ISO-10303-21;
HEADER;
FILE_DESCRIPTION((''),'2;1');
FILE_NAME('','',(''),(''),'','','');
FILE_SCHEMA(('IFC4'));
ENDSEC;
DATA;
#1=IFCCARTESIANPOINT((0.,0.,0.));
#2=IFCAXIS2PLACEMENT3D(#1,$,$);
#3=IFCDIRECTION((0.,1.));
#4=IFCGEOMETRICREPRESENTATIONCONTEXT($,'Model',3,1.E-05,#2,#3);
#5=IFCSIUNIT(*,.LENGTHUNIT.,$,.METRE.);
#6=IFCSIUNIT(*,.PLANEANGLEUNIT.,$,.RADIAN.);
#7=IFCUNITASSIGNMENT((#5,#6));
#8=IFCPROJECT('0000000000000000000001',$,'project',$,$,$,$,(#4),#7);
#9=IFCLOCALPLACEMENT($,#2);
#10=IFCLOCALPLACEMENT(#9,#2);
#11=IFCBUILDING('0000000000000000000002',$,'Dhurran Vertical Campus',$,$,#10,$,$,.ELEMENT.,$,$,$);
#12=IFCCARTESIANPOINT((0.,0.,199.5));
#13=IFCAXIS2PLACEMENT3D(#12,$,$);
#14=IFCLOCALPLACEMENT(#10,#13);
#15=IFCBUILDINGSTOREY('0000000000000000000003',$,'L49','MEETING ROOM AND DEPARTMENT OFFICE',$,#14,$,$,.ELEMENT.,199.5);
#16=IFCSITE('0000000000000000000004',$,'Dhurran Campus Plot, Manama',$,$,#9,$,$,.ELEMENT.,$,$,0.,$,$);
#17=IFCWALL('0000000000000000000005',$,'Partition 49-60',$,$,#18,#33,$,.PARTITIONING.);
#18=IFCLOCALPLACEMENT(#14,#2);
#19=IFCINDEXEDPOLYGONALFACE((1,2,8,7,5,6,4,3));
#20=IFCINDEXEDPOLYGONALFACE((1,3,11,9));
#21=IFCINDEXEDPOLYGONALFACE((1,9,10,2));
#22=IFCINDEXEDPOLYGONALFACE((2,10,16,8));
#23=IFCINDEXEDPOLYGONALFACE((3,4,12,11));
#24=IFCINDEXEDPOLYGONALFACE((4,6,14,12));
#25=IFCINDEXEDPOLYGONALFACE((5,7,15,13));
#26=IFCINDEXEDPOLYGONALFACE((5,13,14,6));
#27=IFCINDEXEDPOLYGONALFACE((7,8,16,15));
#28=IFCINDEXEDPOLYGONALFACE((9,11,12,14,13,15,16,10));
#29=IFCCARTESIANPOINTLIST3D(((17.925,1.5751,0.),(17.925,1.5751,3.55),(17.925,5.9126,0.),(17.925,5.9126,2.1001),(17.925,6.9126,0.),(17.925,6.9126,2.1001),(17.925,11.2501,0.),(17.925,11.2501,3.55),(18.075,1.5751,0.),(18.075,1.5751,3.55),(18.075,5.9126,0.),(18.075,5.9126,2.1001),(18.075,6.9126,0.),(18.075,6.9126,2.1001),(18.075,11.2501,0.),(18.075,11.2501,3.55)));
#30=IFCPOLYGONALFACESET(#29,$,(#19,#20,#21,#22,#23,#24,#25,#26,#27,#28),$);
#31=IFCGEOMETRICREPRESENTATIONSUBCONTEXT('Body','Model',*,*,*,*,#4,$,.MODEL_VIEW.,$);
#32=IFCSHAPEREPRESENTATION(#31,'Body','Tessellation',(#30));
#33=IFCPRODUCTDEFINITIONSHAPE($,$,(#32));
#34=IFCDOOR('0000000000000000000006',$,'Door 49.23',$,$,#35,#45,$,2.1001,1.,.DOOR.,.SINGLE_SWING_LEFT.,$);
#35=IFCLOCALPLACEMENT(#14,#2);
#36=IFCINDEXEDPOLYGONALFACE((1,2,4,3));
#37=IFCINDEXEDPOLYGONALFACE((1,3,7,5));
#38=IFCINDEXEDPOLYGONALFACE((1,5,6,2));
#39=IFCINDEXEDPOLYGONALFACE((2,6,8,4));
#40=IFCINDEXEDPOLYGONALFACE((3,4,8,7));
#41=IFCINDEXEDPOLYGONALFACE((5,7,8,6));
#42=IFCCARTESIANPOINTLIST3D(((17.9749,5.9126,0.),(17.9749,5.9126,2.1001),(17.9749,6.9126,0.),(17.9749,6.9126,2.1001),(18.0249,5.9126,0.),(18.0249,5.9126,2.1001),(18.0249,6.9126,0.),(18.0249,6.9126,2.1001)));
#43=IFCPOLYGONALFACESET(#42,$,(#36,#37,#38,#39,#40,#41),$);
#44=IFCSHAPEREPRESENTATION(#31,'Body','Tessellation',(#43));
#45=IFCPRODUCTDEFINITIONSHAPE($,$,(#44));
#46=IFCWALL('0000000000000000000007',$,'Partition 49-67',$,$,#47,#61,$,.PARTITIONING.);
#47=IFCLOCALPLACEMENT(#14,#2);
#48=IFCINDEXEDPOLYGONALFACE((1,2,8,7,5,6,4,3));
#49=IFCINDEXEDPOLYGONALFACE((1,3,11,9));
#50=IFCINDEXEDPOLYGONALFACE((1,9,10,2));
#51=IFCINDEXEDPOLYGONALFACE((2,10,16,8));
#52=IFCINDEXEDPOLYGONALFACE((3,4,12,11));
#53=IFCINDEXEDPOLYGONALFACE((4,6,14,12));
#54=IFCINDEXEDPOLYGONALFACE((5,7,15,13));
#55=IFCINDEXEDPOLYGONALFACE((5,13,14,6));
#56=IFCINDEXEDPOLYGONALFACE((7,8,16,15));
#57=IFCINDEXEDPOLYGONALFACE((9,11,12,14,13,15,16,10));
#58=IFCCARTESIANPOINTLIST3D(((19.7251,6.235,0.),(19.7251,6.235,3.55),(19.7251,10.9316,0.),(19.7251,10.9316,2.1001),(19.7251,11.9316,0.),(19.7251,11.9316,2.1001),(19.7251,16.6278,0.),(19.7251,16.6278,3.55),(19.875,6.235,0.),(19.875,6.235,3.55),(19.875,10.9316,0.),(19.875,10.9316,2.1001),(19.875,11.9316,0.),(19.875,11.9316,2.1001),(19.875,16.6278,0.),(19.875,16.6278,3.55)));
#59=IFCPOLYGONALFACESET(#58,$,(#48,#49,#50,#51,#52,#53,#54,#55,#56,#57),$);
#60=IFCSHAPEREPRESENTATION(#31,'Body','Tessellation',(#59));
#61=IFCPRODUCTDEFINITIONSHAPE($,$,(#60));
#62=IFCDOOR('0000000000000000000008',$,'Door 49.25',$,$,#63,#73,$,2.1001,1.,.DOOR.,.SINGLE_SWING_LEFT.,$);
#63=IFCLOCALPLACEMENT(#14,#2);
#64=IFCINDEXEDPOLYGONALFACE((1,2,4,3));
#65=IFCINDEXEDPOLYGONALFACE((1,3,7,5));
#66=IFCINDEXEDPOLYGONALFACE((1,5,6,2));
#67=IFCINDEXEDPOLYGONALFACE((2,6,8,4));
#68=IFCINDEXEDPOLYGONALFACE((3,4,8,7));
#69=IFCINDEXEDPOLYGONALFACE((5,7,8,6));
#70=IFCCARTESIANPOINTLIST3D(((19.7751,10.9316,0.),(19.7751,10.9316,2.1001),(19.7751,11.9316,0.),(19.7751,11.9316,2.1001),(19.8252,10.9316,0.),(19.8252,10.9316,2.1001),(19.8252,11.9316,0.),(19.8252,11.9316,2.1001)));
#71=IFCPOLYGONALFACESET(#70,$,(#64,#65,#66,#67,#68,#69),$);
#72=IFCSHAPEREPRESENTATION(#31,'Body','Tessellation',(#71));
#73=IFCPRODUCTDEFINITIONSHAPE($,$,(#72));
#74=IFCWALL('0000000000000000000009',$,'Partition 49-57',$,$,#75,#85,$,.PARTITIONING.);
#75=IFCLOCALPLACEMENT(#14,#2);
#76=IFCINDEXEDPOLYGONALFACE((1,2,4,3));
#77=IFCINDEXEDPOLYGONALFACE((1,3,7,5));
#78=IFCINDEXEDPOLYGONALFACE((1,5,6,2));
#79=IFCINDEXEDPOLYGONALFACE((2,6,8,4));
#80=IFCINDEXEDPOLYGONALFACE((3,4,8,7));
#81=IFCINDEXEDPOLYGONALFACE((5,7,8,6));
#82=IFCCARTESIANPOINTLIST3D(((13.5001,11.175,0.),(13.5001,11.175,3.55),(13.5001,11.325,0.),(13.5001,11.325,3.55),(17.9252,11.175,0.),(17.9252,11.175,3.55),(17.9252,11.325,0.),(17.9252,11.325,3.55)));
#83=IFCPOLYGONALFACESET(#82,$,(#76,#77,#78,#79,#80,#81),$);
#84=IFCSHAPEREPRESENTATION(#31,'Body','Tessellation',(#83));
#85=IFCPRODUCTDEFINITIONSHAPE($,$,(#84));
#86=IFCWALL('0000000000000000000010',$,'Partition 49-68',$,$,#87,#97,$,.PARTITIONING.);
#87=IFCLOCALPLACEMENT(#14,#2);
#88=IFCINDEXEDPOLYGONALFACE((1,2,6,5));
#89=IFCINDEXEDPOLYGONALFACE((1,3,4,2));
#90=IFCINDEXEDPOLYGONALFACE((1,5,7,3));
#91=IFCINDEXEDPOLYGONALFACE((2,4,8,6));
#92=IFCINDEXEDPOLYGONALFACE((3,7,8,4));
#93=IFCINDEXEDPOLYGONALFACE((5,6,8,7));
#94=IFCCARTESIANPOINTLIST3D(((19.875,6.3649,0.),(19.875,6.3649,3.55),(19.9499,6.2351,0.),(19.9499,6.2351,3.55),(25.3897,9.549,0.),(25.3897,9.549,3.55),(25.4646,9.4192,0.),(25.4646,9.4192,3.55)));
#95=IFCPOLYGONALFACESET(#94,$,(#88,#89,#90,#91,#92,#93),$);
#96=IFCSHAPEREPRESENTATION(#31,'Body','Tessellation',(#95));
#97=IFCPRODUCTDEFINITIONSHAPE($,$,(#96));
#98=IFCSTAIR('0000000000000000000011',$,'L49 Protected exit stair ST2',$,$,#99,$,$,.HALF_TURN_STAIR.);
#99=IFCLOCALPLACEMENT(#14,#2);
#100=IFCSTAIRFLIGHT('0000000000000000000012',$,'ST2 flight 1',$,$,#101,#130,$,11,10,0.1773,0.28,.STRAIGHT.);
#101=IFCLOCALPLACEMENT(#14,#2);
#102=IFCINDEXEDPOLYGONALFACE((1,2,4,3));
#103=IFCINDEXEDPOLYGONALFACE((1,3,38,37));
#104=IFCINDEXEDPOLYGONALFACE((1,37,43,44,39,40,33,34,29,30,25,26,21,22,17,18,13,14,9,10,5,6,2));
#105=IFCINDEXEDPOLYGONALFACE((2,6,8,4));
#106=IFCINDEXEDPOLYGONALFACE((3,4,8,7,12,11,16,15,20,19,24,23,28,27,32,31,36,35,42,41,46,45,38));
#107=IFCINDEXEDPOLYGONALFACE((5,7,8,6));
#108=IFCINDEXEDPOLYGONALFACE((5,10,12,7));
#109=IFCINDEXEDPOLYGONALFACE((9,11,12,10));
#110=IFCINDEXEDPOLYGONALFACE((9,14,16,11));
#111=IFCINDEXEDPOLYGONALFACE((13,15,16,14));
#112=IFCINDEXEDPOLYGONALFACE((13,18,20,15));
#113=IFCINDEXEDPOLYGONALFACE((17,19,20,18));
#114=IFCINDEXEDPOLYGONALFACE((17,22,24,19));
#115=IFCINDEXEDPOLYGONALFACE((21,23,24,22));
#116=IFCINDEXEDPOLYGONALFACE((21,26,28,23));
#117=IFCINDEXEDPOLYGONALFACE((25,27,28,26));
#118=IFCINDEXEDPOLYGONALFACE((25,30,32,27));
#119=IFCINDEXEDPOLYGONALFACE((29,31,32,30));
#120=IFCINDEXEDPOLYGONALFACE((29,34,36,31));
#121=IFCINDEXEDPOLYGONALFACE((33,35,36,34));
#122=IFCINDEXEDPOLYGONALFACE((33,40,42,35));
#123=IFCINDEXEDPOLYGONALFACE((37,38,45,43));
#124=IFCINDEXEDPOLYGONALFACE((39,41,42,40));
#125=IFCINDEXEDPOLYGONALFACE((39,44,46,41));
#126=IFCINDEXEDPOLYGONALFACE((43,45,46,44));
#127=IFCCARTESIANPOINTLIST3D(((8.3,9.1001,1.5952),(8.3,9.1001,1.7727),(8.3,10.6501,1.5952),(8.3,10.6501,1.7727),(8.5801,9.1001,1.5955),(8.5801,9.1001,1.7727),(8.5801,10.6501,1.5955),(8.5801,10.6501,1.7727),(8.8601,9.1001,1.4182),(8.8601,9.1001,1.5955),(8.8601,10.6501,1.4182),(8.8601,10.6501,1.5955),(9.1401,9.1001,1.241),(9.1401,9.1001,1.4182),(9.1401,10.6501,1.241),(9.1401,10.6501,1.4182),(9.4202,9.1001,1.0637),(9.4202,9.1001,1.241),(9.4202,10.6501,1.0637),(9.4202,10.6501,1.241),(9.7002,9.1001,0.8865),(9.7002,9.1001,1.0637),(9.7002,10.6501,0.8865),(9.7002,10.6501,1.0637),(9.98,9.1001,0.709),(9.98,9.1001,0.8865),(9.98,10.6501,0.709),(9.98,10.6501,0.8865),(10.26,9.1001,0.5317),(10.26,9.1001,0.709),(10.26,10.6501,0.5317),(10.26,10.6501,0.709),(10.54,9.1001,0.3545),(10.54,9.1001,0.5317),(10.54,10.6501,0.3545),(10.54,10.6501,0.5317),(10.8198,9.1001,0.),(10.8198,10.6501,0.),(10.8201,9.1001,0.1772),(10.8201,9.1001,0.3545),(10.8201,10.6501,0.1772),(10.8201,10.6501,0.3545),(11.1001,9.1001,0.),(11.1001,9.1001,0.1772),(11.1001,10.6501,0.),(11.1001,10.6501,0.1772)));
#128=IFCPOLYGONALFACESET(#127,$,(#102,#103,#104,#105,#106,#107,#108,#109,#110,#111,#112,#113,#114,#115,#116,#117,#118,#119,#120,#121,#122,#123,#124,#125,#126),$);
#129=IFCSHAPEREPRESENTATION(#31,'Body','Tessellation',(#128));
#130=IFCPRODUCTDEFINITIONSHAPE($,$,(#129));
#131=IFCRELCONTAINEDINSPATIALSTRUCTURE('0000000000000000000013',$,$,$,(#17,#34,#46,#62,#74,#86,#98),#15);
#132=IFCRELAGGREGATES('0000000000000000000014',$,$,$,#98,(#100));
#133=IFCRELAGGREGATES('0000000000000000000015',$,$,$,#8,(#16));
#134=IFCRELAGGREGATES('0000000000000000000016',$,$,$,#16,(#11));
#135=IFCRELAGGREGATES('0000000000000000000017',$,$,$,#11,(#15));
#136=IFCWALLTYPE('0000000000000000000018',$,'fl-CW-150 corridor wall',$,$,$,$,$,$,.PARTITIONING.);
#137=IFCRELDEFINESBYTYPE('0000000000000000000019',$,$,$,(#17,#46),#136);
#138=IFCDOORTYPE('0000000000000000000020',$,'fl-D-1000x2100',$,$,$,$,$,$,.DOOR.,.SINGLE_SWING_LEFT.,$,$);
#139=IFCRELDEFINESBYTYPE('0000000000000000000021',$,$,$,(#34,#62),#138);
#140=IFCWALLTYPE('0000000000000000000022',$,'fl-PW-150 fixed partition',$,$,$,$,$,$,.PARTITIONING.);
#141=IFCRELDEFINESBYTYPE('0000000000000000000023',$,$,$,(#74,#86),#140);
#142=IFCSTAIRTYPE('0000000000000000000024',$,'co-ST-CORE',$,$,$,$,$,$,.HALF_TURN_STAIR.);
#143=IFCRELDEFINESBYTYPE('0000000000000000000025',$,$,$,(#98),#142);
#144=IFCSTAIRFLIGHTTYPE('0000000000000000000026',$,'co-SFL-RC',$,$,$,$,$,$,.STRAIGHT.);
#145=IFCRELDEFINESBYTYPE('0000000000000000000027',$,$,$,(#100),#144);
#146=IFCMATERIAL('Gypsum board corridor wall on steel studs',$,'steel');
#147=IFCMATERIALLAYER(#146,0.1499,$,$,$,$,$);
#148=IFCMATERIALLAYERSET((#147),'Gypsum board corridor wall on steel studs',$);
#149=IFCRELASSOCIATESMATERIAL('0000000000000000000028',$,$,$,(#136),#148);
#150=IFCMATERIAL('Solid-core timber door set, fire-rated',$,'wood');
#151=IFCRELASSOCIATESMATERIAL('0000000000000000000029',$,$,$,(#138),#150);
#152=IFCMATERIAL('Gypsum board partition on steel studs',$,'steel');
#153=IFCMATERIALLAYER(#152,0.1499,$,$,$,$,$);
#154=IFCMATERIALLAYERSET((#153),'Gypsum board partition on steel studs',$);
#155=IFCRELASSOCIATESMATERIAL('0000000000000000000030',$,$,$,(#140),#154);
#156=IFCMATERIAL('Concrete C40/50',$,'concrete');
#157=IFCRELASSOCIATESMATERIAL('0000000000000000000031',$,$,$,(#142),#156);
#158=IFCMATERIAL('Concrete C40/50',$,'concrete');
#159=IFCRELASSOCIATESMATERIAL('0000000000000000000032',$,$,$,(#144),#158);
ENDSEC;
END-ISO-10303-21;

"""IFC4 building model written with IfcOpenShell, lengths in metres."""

from ifc_helpers import new_model, si_unit, direction, frame, frame_2d, origin, place, context, subcontext, project, spatial, polyline, rectangle, outline, extrude, material, layer, layer_set, type_object, element, fill, aggregate, save


model = new_model("IFC4")

# Units and contexts
model_context = context("Model", 3, precision=1e-05, world=origin(), true_north=direction((0.0, 1.0)))
body_context = subcontext(model_context, "Body", "Model", "MODEL_VIEW")
ifc_project = project(units=[si_unit("LENGTHUNIT", "METRE"), si_unit("PLANEANGLEUNIT", "RADIAN")], contexts=[model_context])

# Site, building, storey
site_placement = place(None, origin())
site = spatial("IfcSite", under=ifc_project, at=site_placement, Name="Dhurran Campus Plot, Manama", CompositionType="ELEMENT", RefElevation=0.0)
building_placement = place(site_placement, origin())
building = spatial("IfcBuilding", under=site, at=building_placement, Name="Dhurran Vertical Campus", CompositionType="ELEMENT")
storey_placement = place(building_placement, frame((0.0, 0.0, 199.5)))
storey = spatial("IfcBuildingStorey", under=building, at=storey_placement, Name="L49", Description="MEETING ROOM AND DEPARTMENT OFFICE", CompositionType="ELEMENT", Elevation=199.5)

# Shared definitions
ifc_material_1 = material(Name="Gypsum board corridor wall on steel studs", Category="steel")
ifc_layer_1 = layer(ifc_material_1, 0.1499)
ifc_layer_set_1 = layer_set([ifc_layer_1], Name="Gypsum board corridor wall on steel studs")
wall_type_1 = type_object("IfcWallType", Name="fl-CW-150 corridor wall", PredefinedType="PARTITIONING", material=ifc_layer_set_1)

# Walls, openings, doors
wall_1_placement = place(storey_placement, frame((18.0, 11.25, 0.0), z_axis=(0.0, 0.0, 1.0), x_axis=(0.0, -1.0, 0.0)))
wall_1 = element("IfcWall", 1, at=wall_1_placement, inside=storey, type_object=wall_type_1, Name="Partition 49-60", PredefinedType="PARTITIONING", context=body_context, shape_type="SweptSolid", body=[
    extrude(rectangle(XDim=9.675, YDim=0.1499, at=frame_2d((4.8374, 0.0))), origin(), (0.0, 0.0, 1.0), 3.55),
])
opening_1_placement = place(wall_1_placement, frame((4.3374, 0.0, 0.0)))
opening_1 = element("IfcOpeningElement", 2, at=opening_1_placement, cuts=wall_1, PredefinedType="OPENING", context=body_context, shape_type="SweptSolid", body=[
    extrude(rectangle(XDim=1.0, YDim=2.1001, at=frame_2d((0.5, 1.05))), frame((0.0, 0.085, 0.0), z_axis=(0.0, -1.0, 0.0), x_axis=(1.0, 0.0, 0.0)), (0.0, 0.0, 1.0), 0.1699),
])
ifc_material_2 = material(Name="Solid-core timber door set, fire-rated", Category="wood")
door_type = type_object("IfcDoorType", Name="fl-D-1000x2100", OperationType="SINGLE_SWING_LEFT", PredefinedType="DOOR", material=ifc_material_2)
door_1_placement = place(opening_1_placement, origin())
door_1 = element("IfcDoor", 3, at=door_1_placement, inside=storey, type_object=door_type, Name="Door 49.23", OperationType="SINGLE_SWING_LEFT", OverallHeight=2.1001, OverallWidth=1.0, PredefinedType="DOOR", context=body_context, shape_type="SweptSolid", body=[
    extrude(rectangle(XDim=1.0, YDim=2.1001, at=frame_2d((0.5, 1.05))), frame((0.0, 0.0249, 0.0), z_axis=(0.0, -1.0, 0.0), x_axis=(1.0, 0.0, 0.0)), (0.0, 0.0, 1.0), 0.05),
])
fill(opening_1, door_1)
wall_2_placement = place(storey_placement, frame((19.8, 6.2351, 0.0), z_axis=(0.0, 0.0, 1.0), x_axis=(0.0, 1.0, 0.0)))
wall_2 = element("IfcWall", 4, at=wall_2_placement, inside=storey, type_object=wall_type_1, Name="Partition 49-67", PredefinedType="PARTITIONING", context=body_context, shape_type="SweptSolid", body=[
    extrude(rectangle(XDim=10.3928, YDim=0.1499, at=frame_2d((5.1963, 0.0))), origin(), (0.0, 0.0, 1.0), 3.55),
])
opening_2_placement = place(wall_2_placement, frame((4.6965, 0.0, 0.0)))
opening_2 = element("IfcOpeningElement", 5, at=opening_2_placement, cuts=wall_2, PredefinedType="OPENING", context=body_context, shape_type="SweptSolid", body=[
    extrude(rectangle(XDim=1.0, YDim=2.1001, at=frame_2d((0.5, 1.05))), frame((0.0, 0.085, 0.0), z_axis=(0.0, -1.0, 0.0), x_axis=(1.0, 0.0, 0.0)), (0.0, 0.0, 1.0), 0.1699),
])
door_2_placement = place(opening_2_placement, origin())
door_2 = element("IfcDoor", 6, at=door_2_placement, inside=storey, type_object=door_type, Name="Door 49.25", OperationType="SINGLE_SWING_LEFT", OverallHeight=2.1001, OverallWidth=1.0, PredefinedType="DOOR", context=body_context, shape_type="SweptSolid", body=[
    extrude(rectangle(XDim=1.0, YDim=2.1001, at=frame_2d((0.5, 1.05))), frame((0.0, 0.0249, 0.0), z_axis=(0.0, -1.0, 0.0), x_axis=(1.0, 0.0, 0.0)), (0.0, 0.0, 1.0), 0.05),
])
fill(opening_2, door_2)

# Walls
ifc_material_3 = material(Name="Gypsum board partition on steel studs", Category="steel")
ifc_layer_2 = layer(ifc_material_3, 0.1499)
ifc_layer_set_2 = layer_set([ifc_layer_2], Name="Gypsum board partition on steel studs")
wall_type_2 = type_object("IfcWallType", Name="fl-PW-150 fixed partition", PredefinedType="PARTITIONING", material=ifc_layer_set_2)
wall_3_placement = place(storey_placement, frame((17.925, 11.25, 0.0), z_axis=(0.0, 0.0, 1.0), x_axis=(-1.0, 0.0, 0.0)))
element("IfcWall", 7, at=wall_3_placement, inside=storey, type_object=wall_type_2, Name="Partition 49-57", PredefinedType="PARTITIONING", context=body_context, shape_type="SweptSolid", body=[
    extrude(rectangle(XDim=4.425, YDim=0.1499, at=frame_2d((2.2124, 0.0))), origin(), (0.0, 0.0, 1.0), 3.55),
])
wall_4_placement = place(storey_placement, frame((25.4272, 9.4841, 0.0), z_axis=(0.0, 0.0, 1.0), x_axis=(-0.866012, -0.500023, 0.0)))
element("IfcWall", 8, at=wall_4_placement, inside=storey, type_object=wall_type_2, Name="Partition 49-68", PredefinedType="PARTITIONING", context=body_context, shape_type="SweptSolid", body=[
    extrude(rectangle(XDim=6.3679, YDim=0.1499, at=frame_2d((3.1841, 0.0))), origin(), (0.0, 0.0, 1.0), 3.55),
])

# Stair, stair flight
ifc_material_4 = material(Name="Concrete C40/50", Category="concrete")
stair_type = type_object("IfcStairType", Name="co-ST-CORE", PredefinedType="HALF_TURN_STAIR", material=ifc_material_4)
stair_placement = place(storey_placement, origin())
stair = element("IfcStair", 9, at=stair_placement, inside=storey, type_object=stair_type, Name="L49 Protected exit stair ST2", PredefinedType="HALF_TURN_STAIR")
ifc_material_5 = material(Name="Concrete C40/50", Category="concrete")
stair_flight_type = type_object("IfcStairFlightType", Name="co-SFL-RC", PredefinedType="STRAIGHT", material=ifc_material_5)
stair_flight_placement = place(storey_placement, frame((11.1001, 9.875, 0.0), z_axis=(0.0, 0.0, 1.0), x_axis=(-1.0, 0.0, 0.0)))
stair_flight = element("IfcStairFlight", 10, at=stair_flight_placement, type_object=stair_flight_type, Name="ST2 flight 1", NumberOfRisers=11, NumberOfTreads=10, PredefinedType="STRAIGHT", RiserHeight=0.1773, TreadLength=0.28, context=body_context, shape_type="SweptSolid", body=[
    extrude(outline(polyline([(0.0, 0.0), (0.0, 0.1772), (0.28, 0.1772), (0.28, 0.3545), (0.5601, 0.3545), (0.5601, 0.5317), (0.8401, 0.5317), (0.8401, 0.709), (1.1201, 0.709), (1.1201, 0.8865), (1.3999, 0.8865), (1.3999, 1.0637), (1.6799, 1.0637), (1.6799, 1.241), (1.96, 1.241), (1.96, 1.4182), (2.24, 1.4182), (2.24, 1.5955), (2.52, 1.5955), (2.52, 1.7727), (2.8, 1.7727), (2.8, 1.95), (2.8, 1.5952), (0.2803, 0.0), (0.0, 0.0)])), frame((0.0, 0.7749, 0.0), z_axis=(0.0, -1.0, 0.0), x_axis=(1.0, 0.0, 0.0)), (0.0, 0.0, 1.0), 1.55),
])
aggregate(stair, [stair_flight])

save(model, "model.ifc")
